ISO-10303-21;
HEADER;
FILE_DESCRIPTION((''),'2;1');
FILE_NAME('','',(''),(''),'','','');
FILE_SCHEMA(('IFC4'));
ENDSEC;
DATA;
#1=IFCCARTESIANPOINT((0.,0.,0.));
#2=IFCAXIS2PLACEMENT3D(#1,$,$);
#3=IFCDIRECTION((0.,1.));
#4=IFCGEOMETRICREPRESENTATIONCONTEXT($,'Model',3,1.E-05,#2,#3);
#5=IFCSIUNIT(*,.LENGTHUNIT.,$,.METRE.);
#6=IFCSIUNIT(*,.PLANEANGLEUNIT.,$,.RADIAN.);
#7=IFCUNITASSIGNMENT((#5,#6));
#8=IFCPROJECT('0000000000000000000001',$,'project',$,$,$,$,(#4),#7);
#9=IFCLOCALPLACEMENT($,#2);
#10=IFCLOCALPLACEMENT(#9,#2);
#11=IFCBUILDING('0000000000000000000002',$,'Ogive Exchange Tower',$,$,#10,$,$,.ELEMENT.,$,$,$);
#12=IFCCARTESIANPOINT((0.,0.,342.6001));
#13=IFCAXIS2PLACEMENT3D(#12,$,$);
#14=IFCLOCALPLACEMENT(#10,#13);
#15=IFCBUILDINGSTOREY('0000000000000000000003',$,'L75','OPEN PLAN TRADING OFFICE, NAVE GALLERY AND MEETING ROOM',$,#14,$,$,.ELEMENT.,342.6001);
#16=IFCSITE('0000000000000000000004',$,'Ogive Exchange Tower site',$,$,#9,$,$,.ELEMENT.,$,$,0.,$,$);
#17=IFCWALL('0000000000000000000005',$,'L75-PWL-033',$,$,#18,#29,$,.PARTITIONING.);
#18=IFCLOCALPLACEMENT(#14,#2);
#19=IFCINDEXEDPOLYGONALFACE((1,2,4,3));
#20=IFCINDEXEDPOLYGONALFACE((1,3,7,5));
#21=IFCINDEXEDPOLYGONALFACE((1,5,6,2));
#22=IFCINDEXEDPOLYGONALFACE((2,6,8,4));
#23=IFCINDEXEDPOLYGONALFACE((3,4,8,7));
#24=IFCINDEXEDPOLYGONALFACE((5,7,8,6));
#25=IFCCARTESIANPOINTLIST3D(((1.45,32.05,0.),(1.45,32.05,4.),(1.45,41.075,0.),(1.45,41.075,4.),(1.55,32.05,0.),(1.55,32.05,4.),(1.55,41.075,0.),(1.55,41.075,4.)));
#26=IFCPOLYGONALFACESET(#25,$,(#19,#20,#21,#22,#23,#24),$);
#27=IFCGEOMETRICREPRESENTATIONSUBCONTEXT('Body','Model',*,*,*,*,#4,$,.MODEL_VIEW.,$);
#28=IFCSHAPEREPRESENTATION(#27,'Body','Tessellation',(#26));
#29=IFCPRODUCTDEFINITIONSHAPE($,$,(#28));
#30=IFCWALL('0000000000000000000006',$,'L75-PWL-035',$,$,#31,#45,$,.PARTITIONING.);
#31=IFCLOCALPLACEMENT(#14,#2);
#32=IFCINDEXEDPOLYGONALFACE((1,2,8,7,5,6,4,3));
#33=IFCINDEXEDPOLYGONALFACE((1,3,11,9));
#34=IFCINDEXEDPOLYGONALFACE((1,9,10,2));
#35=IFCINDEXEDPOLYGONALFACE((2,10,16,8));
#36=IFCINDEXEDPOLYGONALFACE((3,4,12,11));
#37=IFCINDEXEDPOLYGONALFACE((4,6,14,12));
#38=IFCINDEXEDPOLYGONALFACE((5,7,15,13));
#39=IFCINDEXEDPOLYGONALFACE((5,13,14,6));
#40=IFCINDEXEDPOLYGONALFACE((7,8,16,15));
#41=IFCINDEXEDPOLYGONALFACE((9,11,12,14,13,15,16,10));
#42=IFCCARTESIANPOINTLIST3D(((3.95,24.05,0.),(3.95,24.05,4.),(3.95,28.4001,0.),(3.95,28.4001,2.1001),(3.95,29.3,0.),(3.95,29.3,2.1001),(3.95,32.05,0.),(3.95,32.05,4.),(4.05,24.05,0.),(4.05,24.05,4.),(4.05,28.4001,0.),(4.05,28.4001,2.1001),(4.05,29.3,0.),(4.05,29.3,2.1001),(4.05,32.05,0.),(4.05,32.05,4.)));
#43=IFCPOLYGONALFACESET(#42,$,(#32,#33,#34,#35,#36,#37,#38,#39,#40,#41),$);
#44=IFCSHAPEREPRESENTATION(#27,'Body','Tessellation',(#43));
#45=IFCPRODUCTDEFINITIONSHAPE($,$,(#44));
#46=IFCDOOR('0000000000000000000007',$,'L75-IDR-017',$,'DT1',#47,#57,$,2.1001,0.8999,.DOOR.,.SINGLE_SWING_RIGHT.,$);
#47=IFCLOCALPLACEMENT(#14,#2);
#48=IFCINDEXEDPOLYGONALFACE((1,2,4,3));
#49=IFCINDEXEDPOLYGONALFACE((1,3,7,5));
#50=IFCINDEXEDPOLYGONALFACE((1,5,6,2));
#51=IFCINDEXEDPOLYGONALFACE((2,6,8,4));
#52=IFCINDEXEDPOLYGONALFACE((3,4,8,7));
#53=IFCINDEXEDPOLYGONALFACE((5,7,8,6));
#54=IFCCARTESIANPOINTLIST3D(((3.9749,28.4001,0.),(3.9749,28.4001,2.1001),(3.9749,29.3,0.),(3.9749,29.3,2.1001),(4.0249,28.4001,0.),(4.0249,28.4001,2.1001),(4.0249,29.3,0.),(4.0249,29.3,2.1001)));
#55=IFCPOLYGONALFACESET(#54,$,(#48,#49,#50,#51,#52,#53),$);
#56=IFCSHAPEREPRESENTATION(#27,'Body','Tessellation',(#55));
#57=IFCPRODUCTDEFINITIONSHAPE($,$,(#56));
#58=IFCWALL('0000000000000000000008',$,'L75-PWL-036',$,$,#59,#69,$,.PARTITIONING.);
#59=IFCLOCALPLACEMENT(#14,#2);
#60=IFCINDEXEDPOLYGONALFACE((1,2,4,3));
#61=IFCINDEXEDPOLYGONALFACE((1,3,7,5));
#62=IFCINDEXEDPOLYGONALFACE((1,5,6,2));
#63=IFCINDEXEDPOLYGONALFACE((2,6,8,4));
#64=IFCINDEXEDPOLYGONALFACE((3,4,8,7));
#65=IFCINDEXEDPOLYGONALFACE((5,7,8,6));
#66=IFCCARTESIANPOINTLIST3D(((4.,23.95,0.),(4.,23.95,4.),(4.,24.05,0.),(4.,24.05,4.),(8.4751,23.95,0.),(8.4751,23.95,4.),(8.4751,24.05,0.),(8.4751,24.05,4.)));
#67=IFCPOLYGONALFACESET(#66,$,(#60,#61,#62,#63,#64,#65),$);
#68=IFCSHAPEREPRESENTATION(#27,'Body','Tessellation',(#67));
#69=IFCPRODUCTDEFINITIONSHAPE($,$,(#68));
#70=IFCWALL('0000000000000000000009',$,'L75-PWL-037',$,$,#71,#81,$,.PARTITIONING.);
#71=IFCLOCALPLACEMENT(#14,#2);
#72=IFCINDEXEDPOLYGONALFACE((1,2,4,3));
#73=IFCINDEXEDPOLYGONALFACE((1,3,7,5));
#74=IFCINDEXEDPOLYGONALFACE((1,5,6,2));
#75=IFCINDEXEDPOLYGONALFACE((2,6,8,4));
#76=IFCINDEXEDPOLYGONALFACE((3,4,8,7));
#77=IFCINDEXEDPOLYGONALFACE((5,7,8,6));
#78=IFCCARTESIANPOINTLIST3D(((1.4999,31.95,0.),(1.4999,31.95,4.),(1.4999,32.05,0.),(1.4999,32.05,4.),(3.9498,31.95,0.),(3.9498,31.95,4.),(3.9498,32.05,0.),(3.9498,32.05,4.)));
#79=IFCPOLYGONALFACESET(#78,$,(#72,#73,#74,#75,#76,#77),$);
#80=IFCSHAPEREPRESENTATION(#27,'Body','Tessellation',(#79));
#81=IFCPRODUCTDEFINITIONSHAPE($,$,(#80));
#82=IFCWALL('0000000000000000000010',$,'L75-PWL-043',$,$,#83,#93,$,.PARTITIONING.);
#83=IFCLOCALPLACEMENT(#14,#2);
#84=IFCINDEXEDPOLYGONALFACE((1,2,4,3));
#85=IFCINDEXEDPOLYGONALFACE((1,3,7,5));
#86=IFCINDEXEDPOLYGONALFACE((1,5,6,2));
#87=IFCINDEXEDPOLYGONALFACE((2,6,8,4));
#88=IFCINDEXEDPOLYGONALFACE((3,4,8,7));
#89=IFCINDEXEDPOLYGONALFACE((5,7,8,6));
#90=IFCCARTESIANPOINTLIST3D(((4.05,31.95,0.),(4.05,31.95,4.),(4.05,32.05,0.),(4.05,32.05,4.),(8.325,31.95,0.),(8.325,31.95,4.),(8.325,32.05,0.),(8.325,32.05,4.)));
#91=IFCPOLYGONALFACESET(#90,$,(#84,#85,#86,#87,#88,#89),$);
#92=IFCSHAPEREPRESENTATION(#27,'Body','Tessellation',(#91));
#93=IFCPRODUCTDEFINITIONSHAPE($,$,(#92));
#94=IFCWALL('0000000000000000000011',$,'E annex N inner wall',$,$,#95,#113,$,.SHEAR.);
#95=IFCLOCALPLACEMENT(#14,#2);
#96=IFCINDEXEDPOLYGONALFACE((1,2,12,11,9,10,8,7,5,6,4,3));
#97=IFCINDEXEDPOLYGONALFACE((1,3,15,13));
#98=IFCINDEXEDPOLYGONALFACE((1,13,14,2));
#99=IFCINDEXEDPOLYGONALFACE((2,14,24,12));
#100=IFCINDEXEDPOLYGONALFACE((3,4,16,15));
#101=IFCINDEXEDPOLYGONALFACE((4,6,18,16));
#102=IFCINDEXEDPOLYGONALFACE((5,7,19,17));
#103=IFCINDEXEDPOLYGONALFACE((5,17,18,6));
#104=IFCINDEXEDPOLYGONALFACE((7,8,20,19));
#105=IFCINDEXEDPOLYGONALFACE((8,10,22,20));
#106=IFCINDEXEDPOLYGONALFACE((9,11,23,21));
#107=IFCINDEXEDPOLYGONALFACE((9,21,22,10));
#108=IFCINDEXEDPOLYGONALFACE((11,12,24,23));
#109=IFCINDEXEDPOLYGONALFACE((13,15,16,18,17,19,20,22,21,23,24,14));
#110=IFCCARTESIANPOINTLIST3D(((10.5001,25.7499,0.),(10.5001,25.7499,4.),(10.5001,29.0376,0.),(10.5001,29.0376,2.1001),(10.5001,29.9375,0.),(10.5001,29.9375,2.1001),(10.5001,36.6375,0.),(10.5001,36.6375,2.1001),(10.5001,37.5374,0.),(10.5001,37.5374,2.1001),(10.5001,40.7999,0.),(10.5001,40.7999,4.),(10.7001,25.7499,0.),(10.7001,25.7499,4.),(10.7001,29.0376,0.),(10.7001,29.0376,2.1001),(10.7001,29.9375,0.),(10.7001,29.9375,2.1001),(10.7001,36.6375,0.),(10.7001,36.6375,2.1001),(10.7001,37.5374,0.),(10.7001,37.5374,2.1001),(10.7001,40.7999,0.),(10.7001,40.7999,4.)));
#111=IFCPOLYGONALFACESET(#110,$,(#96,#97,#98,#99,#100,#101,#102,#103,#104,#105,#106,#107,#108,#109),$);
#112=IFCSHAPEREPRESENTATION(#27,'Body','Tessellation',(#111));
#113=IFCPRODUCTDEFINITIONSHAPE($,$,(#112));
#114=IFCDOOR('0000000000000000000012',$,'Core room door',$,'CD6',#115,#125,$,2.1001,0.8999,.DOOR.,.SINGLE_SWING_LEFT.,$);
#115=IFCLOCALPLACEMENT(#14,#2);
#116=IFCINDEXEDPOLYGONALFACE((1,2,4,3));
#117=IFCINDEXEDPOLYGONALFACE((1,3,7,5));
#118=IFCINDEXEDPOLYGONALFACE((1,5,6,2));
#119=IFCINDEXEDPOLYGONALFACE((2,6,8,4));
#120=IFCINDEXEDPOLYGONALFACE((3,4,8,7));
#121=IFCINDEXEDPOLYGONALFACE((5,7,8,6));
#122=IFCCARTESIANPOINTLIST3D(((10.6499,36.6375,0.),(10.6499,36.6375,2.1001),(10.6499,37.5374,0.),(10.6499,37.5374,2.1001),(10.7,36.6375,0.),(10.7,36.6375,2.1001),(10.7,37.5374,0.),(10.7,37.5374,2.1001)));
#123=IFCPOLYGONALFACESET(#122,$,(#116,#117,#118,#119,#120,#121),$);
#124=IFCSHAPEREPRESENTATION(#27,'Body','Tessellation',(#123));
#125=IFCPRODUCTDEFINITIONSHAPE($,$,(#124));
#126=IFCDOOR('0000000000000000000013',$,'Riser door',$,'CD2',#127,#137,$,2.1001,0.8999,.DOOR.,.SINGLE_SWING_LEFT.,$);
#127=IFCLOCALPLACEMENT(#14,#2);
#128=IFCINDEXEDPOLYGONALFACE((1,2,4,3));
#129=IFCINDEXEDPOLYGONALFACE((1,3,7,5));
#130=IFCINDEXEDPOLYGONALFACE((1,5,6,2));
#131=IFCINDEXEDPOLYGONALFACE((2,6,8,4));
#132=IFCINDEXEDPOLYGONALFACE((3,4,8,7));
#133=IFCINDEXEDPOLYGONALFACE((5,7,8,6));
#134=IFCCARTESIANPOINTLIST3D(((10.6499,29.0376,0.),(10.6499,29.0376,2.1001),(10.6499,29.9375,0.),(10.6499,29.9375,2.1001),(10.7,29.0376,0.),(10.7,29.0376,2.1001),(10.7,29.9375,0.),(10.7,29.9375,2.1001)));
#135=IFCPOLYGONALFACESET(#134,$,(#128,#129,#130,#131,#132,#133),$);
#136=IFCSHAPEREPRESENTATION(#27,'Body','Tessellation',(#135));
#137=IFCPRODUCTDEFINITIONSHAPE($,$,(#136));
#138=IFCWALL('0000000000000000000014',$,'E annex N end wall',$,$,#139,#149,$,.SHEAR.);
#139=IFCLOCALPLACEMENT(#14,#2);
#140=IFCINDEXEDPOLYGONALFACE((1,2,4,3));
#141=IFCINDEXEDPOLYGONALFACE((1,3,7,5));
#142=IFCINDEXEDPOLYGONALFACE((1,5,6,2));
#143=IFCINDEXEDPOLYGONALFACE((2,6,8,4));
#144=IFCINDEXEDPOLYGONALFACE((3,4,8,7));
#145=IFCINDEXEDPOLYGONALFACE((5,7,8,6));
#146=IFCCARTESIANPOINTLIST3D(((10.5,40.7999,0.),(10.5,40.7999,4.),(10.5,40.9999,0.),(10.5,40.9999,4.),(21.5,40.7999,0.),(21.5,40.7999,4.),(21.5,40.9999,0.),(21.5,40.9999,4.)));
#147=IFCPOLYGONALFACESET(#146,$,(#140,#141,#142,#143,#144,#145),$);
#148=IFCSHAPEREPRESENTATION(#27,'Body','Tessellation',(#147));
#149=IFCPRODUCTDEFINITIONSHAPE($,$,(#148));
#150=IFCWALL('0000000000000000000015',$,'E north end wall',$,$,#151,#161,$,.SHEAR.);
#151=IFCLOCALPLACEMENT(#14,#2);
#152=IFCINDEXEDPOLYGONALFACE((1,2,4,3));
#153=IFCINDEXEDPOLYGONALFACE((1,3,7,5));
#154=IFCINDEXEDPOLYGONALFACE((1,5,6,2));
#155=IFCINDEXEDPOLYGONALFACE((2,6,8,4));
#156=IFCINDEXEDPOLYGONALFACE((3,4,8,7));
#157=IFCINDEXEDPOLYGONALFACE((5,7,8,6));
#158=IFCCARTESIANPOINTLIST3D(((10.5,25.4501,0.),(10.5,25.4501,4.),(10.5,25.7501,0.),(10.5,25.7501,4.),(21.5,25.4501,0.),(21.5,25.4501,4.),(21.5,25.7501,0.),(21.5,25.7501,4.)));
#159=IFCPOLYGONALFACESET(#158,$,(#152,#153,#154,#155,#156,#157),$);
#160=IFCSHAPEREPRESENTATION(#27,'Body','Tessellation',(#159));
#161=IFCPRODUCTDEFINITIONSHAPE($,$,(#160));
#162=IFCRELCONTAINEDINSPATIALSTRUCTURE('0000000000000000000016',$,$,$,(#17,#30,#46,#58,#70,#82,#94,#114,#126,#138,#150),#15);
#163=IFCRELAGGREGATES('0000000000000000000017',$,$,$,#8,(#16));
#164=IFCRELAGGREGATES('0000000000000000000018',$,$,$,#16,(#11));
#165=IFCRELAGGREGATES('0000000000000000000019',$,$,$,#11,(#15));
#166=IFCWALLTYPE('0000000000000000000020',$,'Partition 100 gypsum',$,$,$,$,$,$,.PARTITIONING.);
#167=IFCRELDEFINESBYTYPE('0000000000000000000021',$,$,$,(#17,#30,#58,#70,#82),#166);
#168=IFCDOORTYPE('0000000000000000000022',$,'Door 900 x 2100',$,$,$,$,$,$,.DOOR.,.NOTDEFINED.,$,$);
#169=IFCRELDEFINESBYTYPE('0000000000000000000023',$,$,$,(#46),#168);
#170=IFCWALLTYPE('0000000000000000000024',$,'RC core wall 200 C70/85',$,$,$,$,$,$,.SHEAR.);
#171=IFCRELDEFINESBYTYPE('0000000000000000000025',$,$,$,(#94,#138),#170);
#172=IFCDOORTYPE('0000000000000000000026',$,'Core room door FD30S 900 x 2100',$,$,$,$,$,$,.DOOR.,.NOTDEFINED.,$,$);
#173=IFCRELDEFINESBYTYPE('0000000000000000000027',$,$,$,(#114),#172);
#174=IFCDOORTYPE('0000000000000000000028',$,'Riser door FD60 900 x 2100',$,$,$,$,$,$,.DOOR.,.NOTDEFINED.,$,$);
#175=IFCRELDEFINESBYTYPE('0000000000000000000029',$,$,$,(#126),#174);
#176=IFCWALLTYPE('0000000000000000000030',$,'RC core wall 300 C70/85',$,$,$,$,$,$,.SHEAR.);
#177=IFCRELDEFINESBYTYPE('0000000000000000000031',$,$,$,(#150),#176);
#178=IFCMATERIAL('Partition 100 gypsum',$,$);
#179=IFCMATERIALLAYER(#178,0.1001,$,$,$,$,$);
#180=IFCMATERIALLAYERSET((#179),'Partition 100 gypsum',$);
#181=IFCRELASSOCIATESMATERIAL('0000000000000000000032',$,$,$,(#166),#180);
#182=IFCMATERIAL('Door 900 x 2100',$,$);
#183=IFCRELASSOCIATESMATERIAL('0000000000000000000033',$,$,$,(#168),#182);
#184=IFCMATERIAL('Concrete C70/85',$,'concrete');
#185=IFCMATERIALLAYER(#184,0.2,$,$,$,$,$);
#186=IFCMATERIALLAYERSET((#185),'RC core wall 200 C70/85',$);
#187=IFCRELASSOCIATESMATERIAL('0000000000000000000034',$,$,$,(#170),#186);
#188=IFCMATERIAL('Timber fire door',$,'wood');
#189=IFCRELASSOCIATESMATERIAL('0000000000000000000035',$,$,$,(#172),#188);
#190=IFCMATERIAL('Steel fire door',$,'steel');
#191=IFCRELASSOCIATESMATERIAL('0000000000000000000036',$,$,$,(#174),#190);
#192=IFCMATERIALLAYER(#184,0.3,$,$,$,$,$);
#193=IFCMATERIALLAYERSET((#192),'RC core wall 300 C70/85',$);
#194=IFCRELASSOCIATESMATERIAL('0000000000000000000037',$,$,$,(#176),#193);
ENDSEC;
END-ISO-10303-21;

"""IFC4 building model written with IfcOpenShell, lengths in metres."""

from ifc_helpers import new_model, si_unit, direction, frame, frame_2d, origin, place, context, subcontext, project, spatial, rectangle, extrude, material, layer, layer_set, type_object, element, fill, save


model = new_model("IFC4")

# Units and contexts
model_context = context("Model", 3, precision=1e-05, world=origin(), true_north=direction((0.0, 1.0)))
body_context = subcontext(model_context, "Body", "Model", "MODEL_VIEW")
ifc_project = project(units=[si_unit("LENGTHUNIT", "METRE"), si_unit("PLANEANGLEUNIT", "RADIAN")], contexts=[model_context])

# Site, building, storey
site_placement = place(None, origin())
site = spatial("IfcSite", under=ifc_project, at=site_placement, Name="Ogive Exchange Tower site", CompositionType="ELEMENT", RefElevation=0.0)
building_placement = place(site_placement, origin())
building = spatial("IfcBuilding", under=site, at=building_placement, Name="Ogive Exchange Tower", CompositionType="ELEMENT")
storey_placement = place(building_placement, frame((0.0, 0.0, 342.6001)))
storey = spatial("IfcBuildingStorey", under=building, at=storey_placement, Name="L75", Description="OPEN PLAN TRADING OFFICE, NAVE GALLERY AND MEETING ROOM", CompositionType="ELEMENT", Elevation=342.6001)

# Wall
ifc_material_1 = material(Name="Partition 100 gypsum")
ifc_layer_1 = layer(ifc_material_1, 0.1001)
ifc_layer_set_1 = layer_set([ifc_layer_1], Name="Partition 100 gypsum")
wall_type_1 = type_object("IfcWallType", Name="Partition 100 gypsum", PredefinedType="PARTITIONING", material=ifc_layer_set_1)
wall_1_placement = place(storey_placement, frame((1.5, 32.05, 0.0), z_axis=(0.0, 0.0, 1.0), x_axis=(0.0, 1.0, 0.0)))
element("IfcWall", 1, at=wall_1_placement, inside=storey, type_object=wall_type_1, Name="L75-PWL-033", PredefinedType="PARTITIONING", context=body_context, shape_type="SweptSolid", body=[
    extrude(rectangle(XDim=9.0249, YDim=0.1001, at=frame_2d((4.5125, 0.0))), origin(), (0.0, 0.0, 1.0), 4.0),
])

# Wall, opening, door
wall_2_placement = place(storey_placement, frame((4.0, 24.05, 0.0), z_axis=(0.0, 0.0, 1.0), x_axis=(0.0, 1.0, 0.0)))
wall_2 = element("IfcWall", 2, at=wall_2_placement, inside=storey, type_object=wall_type_1, Name="L75-PWL-035", PredefinedType="PARTITIONING", context=body_context, shape_type="SweptSolid", body=[
    extrude(rectangle(XDim=8.0, YDim=0.1001, at=frame_2d((4.0, 0.0))), origin(), (0.0, 0.0, 1.0), 4.0),
])
opening_1_placement = place(wall_2_placement, frame((4.3501, 0.0, 0.0)))
opening_1 = element("IfcOpeningElement", 3, at=opening_1_placement, cuts=wall_2, PredefinedType="OPENING", context=body_context, shape_type="SweptSolid", body=[
    extrude(rectangle(XDim=0.8999, YDim=2.1001, at=frame_2d((0.45, 1.05))), frame((0.0, 0.0601, 0.0), z_axis=(0.0, -1.0, 0.0), x_axis=(1.0, 0.0, 0.0)), (0.0, 0.0, 1.0), 0.1201),
])
ifc_material_2 = material(Name="Door 900 x 2100")
door_type_1 = type_object("IfcDoorType", Name="Door 900 x 2100", OperationType="NOTDEFINED", PredefinedType="DOOR", material=ifc_material_2)
door_1_placement = place(opening_1_placement, frame((0.8999, 0.0, 0.0), z_axis=(0.0, 0.0, 1.0), x_axis=(-1.0, 0.0, 0.0)))
door_1 = element("IfcDoor", 4, at=door_1_placement, inside=storey, type_object=door_type_1, Name="L75-IDR-017", ObjectType="DT1", OperationType="SINGLE_SWING_RIGHT", OverallHeight=2.1001, OverallWidth=0.8999, PredefinedType="DOOR", context=body_context, shape_type="SweptSolid", body=[
    extrude(rectangle(XDim=0.8999, YDim=2.1001, at=frame_2d((0.45, 1.05))), frame((0.0, 0.0249, 0.0), z_axis=(0.0, -1.0, 0.0), x_axis=(1.0, 0.0, 0.0)), (0.0, 0.0, 1.0), 0.05),
])
fill(opening_1, door_1)

# Walls
wall_3_placement = place(storey_placement, frame((4.0, 24.0, 0.0), z_axis=(0.0, 0.0, 1.0), x_axis=(1.0, 0.0, 0.0)))
element("IfcWall", 5, at=wall_3_placement, inside=storey, type_object=wall_type_1, Name="L75-PWL-036", PredefinedType="PARTITIONING", context=body_context, shape_type="SweptSolid", body=[
    extrude(rectangle(XDim=4.4751, YDim=0.1001, at=frame_2d((2.2375, 0.0))), origin(), (0.0, 0.0, 1.0), 4.0),
])
wall_4_placement = place(storey_placement, frame((3.95, 32.0, 0.0), z_axis=(0.0, 0.0, 1.0), x_axis=(-1.0, 0.0, 0.0)))
element("IfcWall", 6, at=wall_4_placement, inside=storey, type_object=wall_type_1, Name="L75-PWL-037", PredefinedType="PARTITIONING", context=body_context, shape_type="SweptSolid", body=[
    extrude(rectangle(XDim=2.45, YDim=0.1001, at=frame_2d((1.2251, 0.0))), origin(), (0.0, 0.0, 1.0), 4.0),
])
wall_5_placement = place(storey_placement, frame((8.325, 32.0, 0.0), z_axis=(0.0, 0.0, 1.0), x_axis=(-1.0, 0.0, 0.0)))
element("IfcWall", 7, at=wall_5_placement, inside=storey, type_object=wall_type_1, Name="L75-PWL-043", PredefinedType="PARTITIONING", context=body_context, shape_type="SweptSolid", body=[
    extrude(rectangle(XDim=4.2749, YDim=0.1001, at=frame_2d((2.1375, 0.0))), origin(), (0.0, 0.0, 1.0), 4.0),
])

# Wall, openings, doors
ifc_material_3 = material(Name="Concrete C70/85", Category="concrete")
ifc_layer_2 = layer(ifc_material_3, 0.2)
ifc_layer_set_2 = layer_set([ifc_layer_2], Name="RC core wall 200 C70/85")
wall_type_2 = type_object("IfcWallType", Name="RC core wall 200 C70/85", PredefinedType="SHEAR", material=ifc_layer_set_2)
wall_6_placement = place(storey_placement, frame((10.6001, 25.75, 0.0), z_axis=(0.0, 0.0, 1.0), x_axis=(0.0, 1.0, 0.0)))
wall_6 = element("IfcWall", 8, at=wall_6_placement, inside=storey, type_object=wall_type_2, Name="E annex N inner wall", PredefinedType="SHEAR", context=body_context, shape_type="SweptSolid", body=[
    extrude(rectangle(XDim=15.05, YDim=0.2, at=frame_2d((7.5249, 0.0))), origin(), (0.0, 0.0, 1.0), 4.0),
])
opening_2_placement = place(wall_6_placement, frame((3.2876, 0.0, 0.0)))
opening_2 = element("IfcOpeningElement", 9, at=opening_2_placement, cuts=wall_6, PredefinedType="OPENING", context=body_context, shape_type="SweptSolid", body=[
    extrude(rectangle(XDim=0.8999, YDim=2.1001, at=frame_2d((0.45, 1.05))), frame((0.0, 0.1099, 0.0), z_axis=(0.0, -1.0, 0.0), x_axis=(1.0, 0.0, 0.0)), (0.0, 0.0, 1.0), 0.22),
])
opening_3_placement = place(wall_6_placement, frame((10.8875, 0.0, 0.0)))
opening_3 = element("IfcOpeningElement", 10, at=opening_3_placement, cuts=wall_6, PredefinedType="OPENING", context=body_context, shape_type="SweptSolid", body=[
    extrude(rectangle(XDim=0.8999, YDim=2.1001, at=frame_2d((0.45, 1.05))), frame((0.0, 0.1099, 0.0), z_axis=(0.0, -1.0, 0.0), x_axis=(1.0, 0.0, 0.0)), (0.0, 0.0, 1.0), 0.22),
])
ifc_material_4 = material(Name="Timber fire door", Category="wood")
door_type_2 = type_object("IfcDoorType", Name="Core room door FD30S 900 x 2100", OperationType="NOTDEFINED", PredefinedType="DOOR", material=ifc_material_4)
door_2_placement = place(opening_3_placement, origin())
door_2 = element("IfcDoor", 11, at=door_2_placement, inside=storey, type_object=door_type_2, Name="Core room door", ObjectType="CD6", OperationType="SINGLE_SWING_LEFT", OverallHeight=2.1001, OverallWidth=0.8999, PredefinedType="DOOR", context=body_context, shape_type="SweptSolid", body=[
    extrude(rectangle(XDim=0.8999, YDim=2.1001, at=frame_2d((0.45, 1.05))), frame((0.0, -0.0498, 0.0), z_axis=(0.0, -1.0, 0.0), x_axis=(1.0, 0.0, 0.0)), (0.0, 0.0, 1.0), 0.05),
])
fill(opening_3, door_2)
ifc_material_5 = material(Name="Steel fire door", Category="steel")
door_type_3 = type_object("IfcDoorType", Name="Riser door FD60 900 x 2100", OperationType="NOTDEFINED", PredefinedType="DOOR", material=ifc_material_5)
door_3_placement = place(opening_2_placement, origin())
door_3 = element("IfcDoor", 12, at=door_3_placement, inside=storey, type_object=door_type_3, Name="Riser door", ObjectType="CD2", OperationType="SINGLE_SWING_LEFT", OverallHeight=2.1001, OverallWidth=0.8999, PredefinedType="DOOR", context=body_context, shape_type="SweptSolid", body=[
    extrude(rectangle(XDim=0.8999, YDim=2.1001, at=frame_2d((0.45, 1.05))), frame((0.0, -0.0498, 0.0), z_axis=(0.0, -1.0, 0.0), x_axis=(1.0, 0.0, 0.0)), (0.0, 0.0, 1.0), 0.05),
])
fill(opening_2, door_3)

# Walls
wall_7_placement = place(storey_placement, frame((10.5, 40.8999, 0.0), z_axis=(0.0, 0.0, 1.0), x_axis=(1.0, 0.0, 0.0)))
element("IfcWall", 13, at=wall_7_placement, inside=storey, type_object=wall_type_2, Name="E annex N end wall", PredefinedType="SHEAR", context=body_context, shape_type="SweptSolid", body=[
    extrude(rectangle(XDim=11.0, YDim=0.2, at=frame_2d((5.5, 0.0))), origin(), (0.0, 0.0, 1.0), 4.0),
])
ifc_layer_3 = layer(ifc_material_3, 0.3)
ifc_layer_set_3 = layer_set([ifc_layer_3], Name="RC core wall 300 C70/85")
wall_type_3 = type_object("IfcWallType", Name="RC core wall 300 C70/85", PredefinedType="SHEAR", material=ifc_layer_set_3)
wall_8_placement = place(storey_placement, frame((10.5, 25.6001, 0.0), z_axis=(0.0, 0.0, 1.0), x_axis=(1.0, 0.0, 0.0)))
element("IfcWall", 14, at=wall_8_placement, inside=storey, type_object=wall_type_3, Name="E north end wall", PredefinedType="SHEAR", context=body_context, shape_type="SweptSolid", body=[
    extrude(rectangle(XDim=11.0, YDim=0.3, at=frame_2d((5.5, 0.0))), origin(), (0.0, 0.0, 1.0), 4.0),
])

save(model, "model.ifc")
